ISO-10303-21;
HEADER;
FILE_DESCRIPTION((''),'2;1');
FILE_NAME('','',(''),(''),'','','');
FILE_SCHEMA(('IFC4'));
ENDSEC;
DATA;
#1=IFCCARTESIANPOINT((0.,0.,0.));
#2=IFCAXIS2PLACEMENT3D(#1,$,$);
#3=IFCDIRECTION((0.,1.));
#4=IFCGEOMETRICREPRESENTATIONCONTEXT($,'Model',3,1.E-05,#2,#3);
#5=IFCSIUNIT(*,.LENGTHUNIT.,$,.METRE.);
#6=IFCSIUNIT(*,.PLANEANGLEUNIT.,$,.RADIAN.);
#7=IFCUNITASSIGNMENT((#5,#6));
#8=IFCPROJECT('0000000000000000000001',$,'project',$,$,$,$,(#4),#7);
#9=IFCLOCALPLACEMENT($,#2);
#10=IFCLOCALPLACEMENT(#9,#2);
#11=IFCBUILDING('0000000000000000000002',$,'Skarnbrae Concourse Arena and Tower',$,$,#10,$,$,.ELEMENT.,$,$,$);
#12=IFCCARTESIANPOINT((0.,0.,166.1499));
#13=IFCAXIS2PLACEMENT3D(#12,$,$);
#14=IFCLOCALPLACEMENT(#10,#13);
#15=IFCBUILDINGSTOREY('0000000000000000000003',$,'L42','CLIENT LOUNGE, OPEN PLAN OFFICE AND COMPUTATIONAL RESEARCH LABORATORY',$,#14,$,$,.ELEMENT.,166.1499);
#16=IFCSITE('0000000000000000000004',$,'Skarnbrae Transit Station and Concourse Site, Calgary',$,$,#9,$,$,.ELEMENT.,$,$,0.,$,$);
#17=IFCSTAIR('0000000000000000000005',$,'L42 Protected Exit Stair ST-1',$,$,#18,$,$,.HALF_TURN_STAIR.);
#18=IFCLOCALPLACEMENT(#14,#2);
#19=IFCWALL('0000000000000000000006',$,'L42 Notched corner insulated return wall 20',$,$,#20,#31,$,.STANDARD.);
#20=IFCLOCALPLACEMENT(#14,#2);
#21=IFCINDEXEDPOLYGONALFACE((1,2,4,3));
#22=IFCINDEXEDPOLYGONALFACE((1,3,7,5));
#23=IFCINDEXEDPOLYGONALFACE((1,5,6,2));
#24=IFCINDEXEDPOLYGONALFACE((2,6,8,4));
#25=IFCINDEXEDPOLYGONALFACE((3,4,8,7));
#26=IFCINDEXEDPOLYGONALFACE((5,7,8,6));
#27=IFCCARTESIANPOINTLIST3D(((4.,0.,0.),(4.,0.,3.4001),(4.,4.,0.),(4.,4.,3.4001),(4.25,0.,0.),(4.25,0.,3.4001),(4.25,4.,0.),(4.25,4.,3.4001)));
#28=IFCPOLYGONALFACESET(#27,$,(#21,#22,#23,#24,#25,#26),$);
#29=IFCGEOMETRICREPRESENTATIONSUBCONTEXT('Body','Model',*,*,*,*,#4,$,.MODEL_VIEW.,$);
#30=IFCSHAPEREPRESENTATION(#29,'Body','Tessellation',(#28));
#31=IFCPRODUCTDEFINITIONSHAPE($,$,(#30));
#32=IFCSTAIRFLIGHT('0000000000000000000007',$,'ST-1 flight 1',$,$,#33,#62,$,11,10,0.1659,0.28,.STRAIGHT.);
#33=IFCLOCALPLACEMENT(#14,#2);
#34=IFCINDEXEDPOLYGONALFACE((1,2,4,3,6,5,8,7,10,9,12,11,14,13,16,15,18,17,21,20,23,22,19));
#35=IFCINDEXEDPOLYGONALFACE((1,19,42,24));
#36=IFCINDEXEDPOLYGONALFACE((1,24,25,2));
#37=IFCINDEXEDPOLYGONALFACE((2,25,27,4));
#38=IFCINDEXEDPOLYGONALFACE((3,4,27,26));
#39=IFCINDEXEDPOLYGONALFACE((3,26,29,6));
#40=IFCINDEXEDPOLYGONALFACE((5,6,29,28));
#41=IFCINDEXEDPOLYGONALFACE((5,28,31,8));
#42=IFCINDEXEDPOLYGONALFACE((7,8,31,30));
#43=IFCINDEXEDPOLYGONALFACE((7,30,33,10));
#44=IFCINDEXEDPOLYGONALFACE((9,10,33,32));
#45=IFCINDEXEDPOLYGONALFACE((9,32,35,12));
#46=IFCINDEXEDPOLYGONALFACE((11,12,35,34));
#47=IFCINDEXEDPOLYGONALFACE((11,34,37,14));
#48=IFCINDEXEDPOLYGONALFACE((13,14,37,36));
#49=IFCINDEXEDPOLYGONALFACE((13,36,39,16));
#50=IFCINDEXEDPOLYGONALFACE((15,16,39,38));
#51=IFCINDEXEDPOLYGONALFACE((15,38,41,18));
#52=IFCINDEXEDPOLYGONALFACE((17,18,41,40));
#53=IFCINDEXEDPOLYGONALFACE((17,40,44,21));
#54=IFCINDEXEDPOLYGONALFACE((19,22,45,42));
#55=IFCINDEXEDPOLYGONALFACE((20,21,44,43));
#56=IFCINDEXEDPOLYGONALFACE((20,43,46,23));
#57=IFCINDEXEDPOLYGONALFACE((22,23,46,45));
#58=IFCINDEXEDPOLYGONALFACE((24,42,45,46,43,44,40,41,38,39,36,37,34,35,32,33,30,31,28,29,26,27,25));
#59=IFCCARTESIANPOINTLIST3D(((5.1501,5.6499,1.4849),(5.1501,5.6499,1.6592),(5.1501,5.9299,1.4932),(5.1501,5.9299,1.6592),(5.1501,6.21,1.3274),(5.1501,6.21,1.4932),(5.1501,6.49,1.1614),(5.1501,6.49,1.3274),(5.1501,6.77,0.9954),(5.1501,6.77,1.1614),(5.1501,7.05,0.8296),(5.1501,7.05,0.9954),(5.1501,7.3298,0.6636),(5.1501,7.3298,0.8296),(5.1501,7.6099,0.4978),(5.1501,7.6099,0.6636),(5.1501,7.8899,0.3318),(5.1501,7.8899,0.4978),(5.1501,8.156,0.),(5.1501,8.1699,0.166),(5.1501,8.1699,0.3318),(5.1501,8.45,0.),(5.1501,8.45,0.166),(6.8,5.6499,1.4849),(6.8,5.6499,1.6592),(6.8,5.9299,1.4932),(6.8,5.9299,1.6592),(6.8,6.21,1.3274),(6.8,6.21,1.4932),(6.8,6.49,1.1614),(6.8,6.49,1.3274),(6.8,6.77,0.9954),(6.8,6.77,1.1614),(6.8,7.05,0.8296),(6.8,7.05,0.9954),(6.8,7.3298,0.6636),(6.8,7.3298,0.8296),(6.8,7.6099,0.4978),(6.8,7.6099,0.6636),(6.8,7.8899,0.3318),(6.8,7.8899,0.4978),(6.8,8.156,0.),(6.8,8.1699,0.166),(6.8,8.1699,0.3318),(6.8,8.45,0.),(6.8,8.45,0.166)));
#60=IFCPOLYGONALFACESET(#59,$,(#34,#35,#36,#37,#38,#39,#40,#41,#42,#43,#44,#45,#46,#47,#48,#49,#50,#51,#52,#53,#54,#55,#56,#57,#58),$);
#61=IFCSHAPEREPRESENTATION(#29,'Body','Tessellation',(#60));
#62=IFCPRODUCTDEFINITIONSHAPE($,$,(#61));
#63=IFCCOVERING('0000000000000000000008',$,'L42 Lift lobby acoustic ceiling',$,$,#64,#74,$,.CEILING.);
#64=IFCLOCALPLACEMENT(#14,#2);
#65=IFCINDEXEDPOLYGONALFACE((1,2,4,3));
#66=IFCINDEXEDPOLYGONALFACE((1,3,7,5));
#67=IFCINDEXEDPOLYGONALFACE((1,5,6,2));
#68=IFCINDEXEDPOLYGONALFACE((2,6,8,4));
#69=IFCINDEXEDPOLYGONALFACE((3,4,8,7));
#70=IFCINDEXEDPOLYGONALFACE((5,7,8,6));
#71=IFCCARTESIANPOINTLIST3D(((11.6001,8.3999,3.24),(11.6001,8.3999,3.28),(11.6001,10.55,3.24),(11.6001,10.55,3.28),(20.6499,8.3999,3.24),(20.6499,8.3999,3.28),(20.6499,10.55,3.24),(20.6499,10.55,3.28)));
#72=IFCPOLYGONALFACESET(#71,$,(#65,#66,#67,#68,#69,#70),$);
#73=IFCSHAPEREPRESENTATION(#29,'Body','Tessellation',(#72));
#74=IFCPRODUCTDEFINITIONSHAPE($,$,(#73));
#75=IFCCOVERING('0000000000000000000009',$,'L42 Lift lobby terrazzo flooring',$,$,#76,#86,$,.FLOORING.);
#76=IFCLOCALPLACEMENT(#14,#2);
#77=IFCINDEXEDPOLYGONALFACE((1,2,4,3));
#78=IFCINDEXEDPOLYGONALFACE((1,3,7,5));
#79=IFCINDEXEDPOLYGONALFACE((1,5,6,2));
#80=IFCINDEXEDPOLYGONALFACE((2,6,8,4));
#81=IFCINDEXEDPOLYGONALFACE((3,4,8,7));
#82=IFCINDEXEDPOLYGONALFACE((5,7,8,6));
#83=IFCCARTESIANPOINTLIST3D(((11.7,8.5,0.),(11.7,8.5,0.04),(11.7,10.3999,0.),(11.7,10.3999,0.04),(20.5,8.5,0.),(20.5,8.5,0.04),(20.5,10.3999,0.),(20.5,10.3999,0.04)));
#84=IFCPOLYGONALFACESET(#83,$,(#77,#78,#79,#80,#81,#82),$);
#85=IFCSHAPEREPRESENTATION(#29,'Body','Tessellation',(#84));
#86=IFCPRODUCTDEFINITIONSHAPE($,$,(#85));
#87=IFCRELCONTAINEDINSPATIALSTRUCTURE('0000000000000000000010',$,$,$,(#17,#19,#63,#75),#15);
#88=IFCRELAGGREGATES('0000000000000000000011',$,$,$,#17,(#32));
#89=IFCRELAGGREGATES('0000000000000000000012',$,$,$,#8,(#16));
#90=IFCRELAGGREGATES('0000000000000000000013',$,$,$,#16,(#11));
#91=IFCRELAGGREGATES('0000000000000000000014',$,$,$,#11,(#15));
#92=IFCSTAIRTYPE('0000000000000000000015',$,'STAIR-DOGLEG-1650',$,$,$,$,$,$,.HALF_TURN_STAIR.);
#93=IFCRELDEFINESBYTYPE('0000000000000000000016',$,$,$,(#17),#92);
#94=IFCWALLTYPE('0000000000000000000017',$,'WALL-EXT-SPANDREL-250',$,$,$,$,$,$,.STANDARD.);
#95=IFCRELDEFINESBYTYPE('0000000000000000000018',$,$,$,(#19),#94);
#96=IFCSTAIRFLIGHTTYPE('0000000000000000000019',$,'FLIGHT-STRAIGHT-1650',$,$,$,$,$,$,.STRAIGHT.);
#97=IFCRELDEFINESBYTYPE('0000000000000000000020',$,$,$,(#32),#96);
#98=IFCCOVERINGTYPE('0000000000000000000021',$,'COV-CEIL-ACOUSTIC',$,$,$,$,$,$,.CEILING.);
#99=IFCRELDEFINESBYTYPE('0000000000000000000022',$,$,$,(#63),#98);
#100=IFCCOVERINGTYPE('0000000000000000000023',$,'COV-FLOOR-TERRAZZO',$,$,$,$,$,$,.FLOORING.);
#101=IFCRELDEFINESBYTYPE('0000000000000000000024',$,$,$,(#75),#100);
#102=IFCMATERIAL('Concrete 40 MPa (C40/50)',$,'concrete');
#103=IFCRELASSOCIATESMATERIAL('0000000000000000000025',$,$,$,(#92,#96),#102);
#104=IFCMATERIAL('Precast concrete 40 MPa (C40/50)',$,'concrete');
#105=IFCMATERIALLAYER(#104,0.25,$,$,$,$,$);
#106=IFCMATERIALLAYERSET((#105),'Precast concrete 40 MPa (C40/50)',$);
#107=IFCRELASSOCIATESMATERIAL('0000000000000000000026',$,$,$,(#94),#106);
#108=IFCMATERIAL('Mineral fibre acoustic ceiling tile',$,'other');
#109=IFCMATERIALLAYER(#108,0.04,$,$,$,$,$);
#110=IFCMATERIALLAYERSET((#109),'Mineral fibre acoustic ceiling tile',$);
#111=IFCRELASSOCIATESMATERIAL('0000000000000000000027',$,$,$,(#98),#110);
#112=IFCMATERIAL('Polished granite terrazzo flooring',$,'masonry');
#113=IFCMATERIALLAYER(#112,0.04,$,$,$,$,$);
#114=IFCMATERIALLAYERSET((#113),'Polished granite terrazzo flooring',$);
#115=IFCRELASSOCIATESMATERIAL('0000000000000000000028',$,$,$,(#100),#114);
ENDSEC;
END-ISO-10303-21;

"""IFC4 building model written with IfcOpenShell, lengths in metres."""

from ifc_helpers import new_model, si_unit, direction, frame, frame_2d, origin, place, context, subcontext, project, spatial, polyline, rectangle, outline, extrude, source, transform, mapped, material, layer, layer_set, type_object, element, aggregate, save


model = new_model("IFC4")

# Units and contexts
model_context = context("Model", 3, precision=1e-05, world=origin(), true_north=direction((0.0, 1.0)))
body_context = subcontext(model_context, "Body", "Model", "MODEL_VIEW")
ifc_project = project(units=[si_unit("LENGTHUNIT", "METRE"), si_unit("PLANEANGLEUNIT", "RADIAN")], contexts=[model_context])

# Site, building, storey
site_placement = place(None, origin())
site = spatial("IfcSite", under=ifc_project, at=site_placement, Name="Skarnbrae Transit Station and Concourse Site, Calgary", CompositionType="ELEMENT", RefElevation=0.0)
building_placement = place(site_placement, origin())
building = spatial("IfcBuilding", under=site, at=building_placement, Name="Skarnbrae Concourse Arena and Tower", CompositionType="ELEMENT")
storey_placement = place(building_placement, frame((0.0, 0.0, 166.1499)))
storey = spatial("IfcBuildingStorey", under=building, at=storey_placement, Name="L42", Description="CLIENT LOUNGE, OPEN PLAN OFFICE AND COMPUTATIONAL RESEARCH LABORATORY", CompositionType="ELEMENT", Elevation=166.1499)

# Stair
ifc_material_1 = material(Name="Concrete 40 MPa (C40/50)", Category="concrete")
stair_type = type_object("IfcStairType", Name="STAIR-DOGLEG-1650", PredefinedType="HALF_TURN_STAIR", material=ifc_material_1)
stair_1_placement = place(storey_placement, origin())
stair_1 = element("IfcStair", 1, at=stair_1_placement, inside=storey, type_object=stair_type, Name="L42 Protected Exit Stair ST-1", PredefinedType="HALF_TURN_STAIR")

# Wall
ifc_material_2 = material(Name="Precast concrete 40 MPa (C40/50)", Category="concrete")
ifc_layer_1 = layer(ifc_material_2, 0.25)
ifc_layer_set_1 = layer_set([ifc_layer_1], Name="Precast concrete 40 MPa (C40/50)")
wall_type_1 = type_object("IfcWallType", Name="WALL-EXT-SPANDREL-250", PredefinedType="STANDARD", material=ifc_layer_set_1)
shared_shape_1 = source(origin(), body_context, "Body", "SweptSolid", [
    extrude(rectangle(XDim=4.0, YDim=0.25, at=frame_2d((2.0, 0.0))), origin(), (0.0, 0.0, 1.0), 3.4001),
])
for number, where, z_axis, x_axis, name in (
    (2, (4.125, 4.0, 0.0), (0.0, 0.0, 1.0), (0.0, -1.0, 0.0), "L42 Notched corner insulated return wall 20"),
):
    element("IfcWall", number, at=place(storey_placement, frame(where, z_axis=z_axis, x_axis=x_axis)), inside=storey, type_object=wall_type_1, Name=name, PredefinedType="STANDARD", context=body_context, shape_type="MappedRepresentation", body=[
        mapped(shared_shape_1, transform((0.0, 0.0, 0.0))),
    ])

# Stair flight
stair_flight_type = type_object("IfcStairFlightType", Name="FLIGHT-STRAIGHT-1650", PredefinedType="STRAIGHT", material=ifc_material_1)
shared_shape_2 = source(origin(), body_context, "Body", "SweptSolid", [
    extrude(outline(polyline([(0.0, 0.0), (0.0, 0.166), (0.28, 0.166), (0.28, 0.3318), (0.5601, 0.3318), (0.5601, 0.4978), (0.8401, 0.4978), (0.8401, 0.6636), (1.1201, 0.6636), (1.1201, 0.8296), (1.3999, 0.8296), (1.3999, 0.9954), (1.6799, 0.9954), (1.6799, 1.1614), (1.96, 1.1614), (1.96, 1.3274), (2.24, 1.3274), (2.24, 1.4932), (2.52, 1.4932), (2.52, 1.6592), (2.8, 1.6592), (2.8, 1.825), (2.8, 1.4849), (0.2939, 0.0), (0.0, 0.0)])), frame((0.0, 0.825, 0.0), z_axis=(0.0, -1.0, 0.0), x_axis=(1.0, 0.0, 0.0)), (0.0, 0.0, 1.0), 1.6499),
])
stair_flight_placement = place(storey_placement, frame((5.9751, 8.45, 0.0), z_axis=(0.0, 0.0, 1.0), x_axis=(0.0, -1.0, 0.0)))
stair_flight = element("IfcStairFlight", 3, at=stair_flight_placement, type_object=stair_flight_type, Name="ST-1 flight 1", NumberOfRisers=11, NumberOfTreads=10, PredefinedType="STRAIGHT", RiserHeight=0.1659, TreadLength=0.28, context=body_context, shape_type="MappedRepresentation", body=[
    mapped(shared_shape_2, transform((0.0, 0.0, 0.0))),
])
aggregate(stair_1, [stair_flight])

# Coverings
ifc_material_3 = material(Name="Mineral fibre acoustic ceiling tile", Category="other")
ifc_layer_2 = layer(ifc_material_3, 0.04)
ifc_layer_set_2 = layer_set([ifc_layer_2], Name="Mineral fibre acoustic ceiling tile")
covering_type_1 = type_object("IfcCoveringType", Name="COV-CEIL-ACOUSTIC", PredefinedType="CEILING", material=ifc_layer_set_2)
covering_1_placement = place(storey_placement, frame((0.0, 0.0, 3.24)))
element("IfcCovering", 4, at=covering_1_placement, inside=storey, type_object=covering_type_1, Name="L42 Lift lobby acoustic ceiling", PredefinedType="CEILING", context=body_context, shape_type="SweptSolid", body=[
    extrude(outline(polyline([(11.6001, 8.3999), (20.6499, 8.3999), (20.6499, 10.55), (11.6001, 10.55), (11.6001, 8.3999)])), origin(), (0.0, 0.0, 1.0), 0.04),
])
ifc_material_4 = material(Name="Polished granite terrazzo flooring", Category="masonry")
ifc_layer_3 = layer(ifc_material_4, 0.04)
ifc_layer_set_3 = layer_set([ifc_layer_3], Name="Polished granite terrazzo flooring")
covering_type_2 = type_object("IfcCoveringType", Name="COV-FLOOR-TERRAZZO", PredefinedType="FLOORING", material=ifc_layer_set_3)
covering_2_placement = place(storey_placement, origin())
element("IfcCovering", 5, at=covering_2_placement, inside=storey, type_object=covering_type_2, Name="L42 Lift lobby terrazzo flooring", PredefinedType="FLOORING", context=body_context, shape_type="SweptSolid", body=[
    extrude(outline(polyline([(11.7, 8.5), (20.5, 8.5), (20.5, 10.3999), (11.7, 10.3999), (11.7, 8.5)])), origin(), (0.0, 0.0, 1.0), 0.04),
])

save(model, "model.ifc")
